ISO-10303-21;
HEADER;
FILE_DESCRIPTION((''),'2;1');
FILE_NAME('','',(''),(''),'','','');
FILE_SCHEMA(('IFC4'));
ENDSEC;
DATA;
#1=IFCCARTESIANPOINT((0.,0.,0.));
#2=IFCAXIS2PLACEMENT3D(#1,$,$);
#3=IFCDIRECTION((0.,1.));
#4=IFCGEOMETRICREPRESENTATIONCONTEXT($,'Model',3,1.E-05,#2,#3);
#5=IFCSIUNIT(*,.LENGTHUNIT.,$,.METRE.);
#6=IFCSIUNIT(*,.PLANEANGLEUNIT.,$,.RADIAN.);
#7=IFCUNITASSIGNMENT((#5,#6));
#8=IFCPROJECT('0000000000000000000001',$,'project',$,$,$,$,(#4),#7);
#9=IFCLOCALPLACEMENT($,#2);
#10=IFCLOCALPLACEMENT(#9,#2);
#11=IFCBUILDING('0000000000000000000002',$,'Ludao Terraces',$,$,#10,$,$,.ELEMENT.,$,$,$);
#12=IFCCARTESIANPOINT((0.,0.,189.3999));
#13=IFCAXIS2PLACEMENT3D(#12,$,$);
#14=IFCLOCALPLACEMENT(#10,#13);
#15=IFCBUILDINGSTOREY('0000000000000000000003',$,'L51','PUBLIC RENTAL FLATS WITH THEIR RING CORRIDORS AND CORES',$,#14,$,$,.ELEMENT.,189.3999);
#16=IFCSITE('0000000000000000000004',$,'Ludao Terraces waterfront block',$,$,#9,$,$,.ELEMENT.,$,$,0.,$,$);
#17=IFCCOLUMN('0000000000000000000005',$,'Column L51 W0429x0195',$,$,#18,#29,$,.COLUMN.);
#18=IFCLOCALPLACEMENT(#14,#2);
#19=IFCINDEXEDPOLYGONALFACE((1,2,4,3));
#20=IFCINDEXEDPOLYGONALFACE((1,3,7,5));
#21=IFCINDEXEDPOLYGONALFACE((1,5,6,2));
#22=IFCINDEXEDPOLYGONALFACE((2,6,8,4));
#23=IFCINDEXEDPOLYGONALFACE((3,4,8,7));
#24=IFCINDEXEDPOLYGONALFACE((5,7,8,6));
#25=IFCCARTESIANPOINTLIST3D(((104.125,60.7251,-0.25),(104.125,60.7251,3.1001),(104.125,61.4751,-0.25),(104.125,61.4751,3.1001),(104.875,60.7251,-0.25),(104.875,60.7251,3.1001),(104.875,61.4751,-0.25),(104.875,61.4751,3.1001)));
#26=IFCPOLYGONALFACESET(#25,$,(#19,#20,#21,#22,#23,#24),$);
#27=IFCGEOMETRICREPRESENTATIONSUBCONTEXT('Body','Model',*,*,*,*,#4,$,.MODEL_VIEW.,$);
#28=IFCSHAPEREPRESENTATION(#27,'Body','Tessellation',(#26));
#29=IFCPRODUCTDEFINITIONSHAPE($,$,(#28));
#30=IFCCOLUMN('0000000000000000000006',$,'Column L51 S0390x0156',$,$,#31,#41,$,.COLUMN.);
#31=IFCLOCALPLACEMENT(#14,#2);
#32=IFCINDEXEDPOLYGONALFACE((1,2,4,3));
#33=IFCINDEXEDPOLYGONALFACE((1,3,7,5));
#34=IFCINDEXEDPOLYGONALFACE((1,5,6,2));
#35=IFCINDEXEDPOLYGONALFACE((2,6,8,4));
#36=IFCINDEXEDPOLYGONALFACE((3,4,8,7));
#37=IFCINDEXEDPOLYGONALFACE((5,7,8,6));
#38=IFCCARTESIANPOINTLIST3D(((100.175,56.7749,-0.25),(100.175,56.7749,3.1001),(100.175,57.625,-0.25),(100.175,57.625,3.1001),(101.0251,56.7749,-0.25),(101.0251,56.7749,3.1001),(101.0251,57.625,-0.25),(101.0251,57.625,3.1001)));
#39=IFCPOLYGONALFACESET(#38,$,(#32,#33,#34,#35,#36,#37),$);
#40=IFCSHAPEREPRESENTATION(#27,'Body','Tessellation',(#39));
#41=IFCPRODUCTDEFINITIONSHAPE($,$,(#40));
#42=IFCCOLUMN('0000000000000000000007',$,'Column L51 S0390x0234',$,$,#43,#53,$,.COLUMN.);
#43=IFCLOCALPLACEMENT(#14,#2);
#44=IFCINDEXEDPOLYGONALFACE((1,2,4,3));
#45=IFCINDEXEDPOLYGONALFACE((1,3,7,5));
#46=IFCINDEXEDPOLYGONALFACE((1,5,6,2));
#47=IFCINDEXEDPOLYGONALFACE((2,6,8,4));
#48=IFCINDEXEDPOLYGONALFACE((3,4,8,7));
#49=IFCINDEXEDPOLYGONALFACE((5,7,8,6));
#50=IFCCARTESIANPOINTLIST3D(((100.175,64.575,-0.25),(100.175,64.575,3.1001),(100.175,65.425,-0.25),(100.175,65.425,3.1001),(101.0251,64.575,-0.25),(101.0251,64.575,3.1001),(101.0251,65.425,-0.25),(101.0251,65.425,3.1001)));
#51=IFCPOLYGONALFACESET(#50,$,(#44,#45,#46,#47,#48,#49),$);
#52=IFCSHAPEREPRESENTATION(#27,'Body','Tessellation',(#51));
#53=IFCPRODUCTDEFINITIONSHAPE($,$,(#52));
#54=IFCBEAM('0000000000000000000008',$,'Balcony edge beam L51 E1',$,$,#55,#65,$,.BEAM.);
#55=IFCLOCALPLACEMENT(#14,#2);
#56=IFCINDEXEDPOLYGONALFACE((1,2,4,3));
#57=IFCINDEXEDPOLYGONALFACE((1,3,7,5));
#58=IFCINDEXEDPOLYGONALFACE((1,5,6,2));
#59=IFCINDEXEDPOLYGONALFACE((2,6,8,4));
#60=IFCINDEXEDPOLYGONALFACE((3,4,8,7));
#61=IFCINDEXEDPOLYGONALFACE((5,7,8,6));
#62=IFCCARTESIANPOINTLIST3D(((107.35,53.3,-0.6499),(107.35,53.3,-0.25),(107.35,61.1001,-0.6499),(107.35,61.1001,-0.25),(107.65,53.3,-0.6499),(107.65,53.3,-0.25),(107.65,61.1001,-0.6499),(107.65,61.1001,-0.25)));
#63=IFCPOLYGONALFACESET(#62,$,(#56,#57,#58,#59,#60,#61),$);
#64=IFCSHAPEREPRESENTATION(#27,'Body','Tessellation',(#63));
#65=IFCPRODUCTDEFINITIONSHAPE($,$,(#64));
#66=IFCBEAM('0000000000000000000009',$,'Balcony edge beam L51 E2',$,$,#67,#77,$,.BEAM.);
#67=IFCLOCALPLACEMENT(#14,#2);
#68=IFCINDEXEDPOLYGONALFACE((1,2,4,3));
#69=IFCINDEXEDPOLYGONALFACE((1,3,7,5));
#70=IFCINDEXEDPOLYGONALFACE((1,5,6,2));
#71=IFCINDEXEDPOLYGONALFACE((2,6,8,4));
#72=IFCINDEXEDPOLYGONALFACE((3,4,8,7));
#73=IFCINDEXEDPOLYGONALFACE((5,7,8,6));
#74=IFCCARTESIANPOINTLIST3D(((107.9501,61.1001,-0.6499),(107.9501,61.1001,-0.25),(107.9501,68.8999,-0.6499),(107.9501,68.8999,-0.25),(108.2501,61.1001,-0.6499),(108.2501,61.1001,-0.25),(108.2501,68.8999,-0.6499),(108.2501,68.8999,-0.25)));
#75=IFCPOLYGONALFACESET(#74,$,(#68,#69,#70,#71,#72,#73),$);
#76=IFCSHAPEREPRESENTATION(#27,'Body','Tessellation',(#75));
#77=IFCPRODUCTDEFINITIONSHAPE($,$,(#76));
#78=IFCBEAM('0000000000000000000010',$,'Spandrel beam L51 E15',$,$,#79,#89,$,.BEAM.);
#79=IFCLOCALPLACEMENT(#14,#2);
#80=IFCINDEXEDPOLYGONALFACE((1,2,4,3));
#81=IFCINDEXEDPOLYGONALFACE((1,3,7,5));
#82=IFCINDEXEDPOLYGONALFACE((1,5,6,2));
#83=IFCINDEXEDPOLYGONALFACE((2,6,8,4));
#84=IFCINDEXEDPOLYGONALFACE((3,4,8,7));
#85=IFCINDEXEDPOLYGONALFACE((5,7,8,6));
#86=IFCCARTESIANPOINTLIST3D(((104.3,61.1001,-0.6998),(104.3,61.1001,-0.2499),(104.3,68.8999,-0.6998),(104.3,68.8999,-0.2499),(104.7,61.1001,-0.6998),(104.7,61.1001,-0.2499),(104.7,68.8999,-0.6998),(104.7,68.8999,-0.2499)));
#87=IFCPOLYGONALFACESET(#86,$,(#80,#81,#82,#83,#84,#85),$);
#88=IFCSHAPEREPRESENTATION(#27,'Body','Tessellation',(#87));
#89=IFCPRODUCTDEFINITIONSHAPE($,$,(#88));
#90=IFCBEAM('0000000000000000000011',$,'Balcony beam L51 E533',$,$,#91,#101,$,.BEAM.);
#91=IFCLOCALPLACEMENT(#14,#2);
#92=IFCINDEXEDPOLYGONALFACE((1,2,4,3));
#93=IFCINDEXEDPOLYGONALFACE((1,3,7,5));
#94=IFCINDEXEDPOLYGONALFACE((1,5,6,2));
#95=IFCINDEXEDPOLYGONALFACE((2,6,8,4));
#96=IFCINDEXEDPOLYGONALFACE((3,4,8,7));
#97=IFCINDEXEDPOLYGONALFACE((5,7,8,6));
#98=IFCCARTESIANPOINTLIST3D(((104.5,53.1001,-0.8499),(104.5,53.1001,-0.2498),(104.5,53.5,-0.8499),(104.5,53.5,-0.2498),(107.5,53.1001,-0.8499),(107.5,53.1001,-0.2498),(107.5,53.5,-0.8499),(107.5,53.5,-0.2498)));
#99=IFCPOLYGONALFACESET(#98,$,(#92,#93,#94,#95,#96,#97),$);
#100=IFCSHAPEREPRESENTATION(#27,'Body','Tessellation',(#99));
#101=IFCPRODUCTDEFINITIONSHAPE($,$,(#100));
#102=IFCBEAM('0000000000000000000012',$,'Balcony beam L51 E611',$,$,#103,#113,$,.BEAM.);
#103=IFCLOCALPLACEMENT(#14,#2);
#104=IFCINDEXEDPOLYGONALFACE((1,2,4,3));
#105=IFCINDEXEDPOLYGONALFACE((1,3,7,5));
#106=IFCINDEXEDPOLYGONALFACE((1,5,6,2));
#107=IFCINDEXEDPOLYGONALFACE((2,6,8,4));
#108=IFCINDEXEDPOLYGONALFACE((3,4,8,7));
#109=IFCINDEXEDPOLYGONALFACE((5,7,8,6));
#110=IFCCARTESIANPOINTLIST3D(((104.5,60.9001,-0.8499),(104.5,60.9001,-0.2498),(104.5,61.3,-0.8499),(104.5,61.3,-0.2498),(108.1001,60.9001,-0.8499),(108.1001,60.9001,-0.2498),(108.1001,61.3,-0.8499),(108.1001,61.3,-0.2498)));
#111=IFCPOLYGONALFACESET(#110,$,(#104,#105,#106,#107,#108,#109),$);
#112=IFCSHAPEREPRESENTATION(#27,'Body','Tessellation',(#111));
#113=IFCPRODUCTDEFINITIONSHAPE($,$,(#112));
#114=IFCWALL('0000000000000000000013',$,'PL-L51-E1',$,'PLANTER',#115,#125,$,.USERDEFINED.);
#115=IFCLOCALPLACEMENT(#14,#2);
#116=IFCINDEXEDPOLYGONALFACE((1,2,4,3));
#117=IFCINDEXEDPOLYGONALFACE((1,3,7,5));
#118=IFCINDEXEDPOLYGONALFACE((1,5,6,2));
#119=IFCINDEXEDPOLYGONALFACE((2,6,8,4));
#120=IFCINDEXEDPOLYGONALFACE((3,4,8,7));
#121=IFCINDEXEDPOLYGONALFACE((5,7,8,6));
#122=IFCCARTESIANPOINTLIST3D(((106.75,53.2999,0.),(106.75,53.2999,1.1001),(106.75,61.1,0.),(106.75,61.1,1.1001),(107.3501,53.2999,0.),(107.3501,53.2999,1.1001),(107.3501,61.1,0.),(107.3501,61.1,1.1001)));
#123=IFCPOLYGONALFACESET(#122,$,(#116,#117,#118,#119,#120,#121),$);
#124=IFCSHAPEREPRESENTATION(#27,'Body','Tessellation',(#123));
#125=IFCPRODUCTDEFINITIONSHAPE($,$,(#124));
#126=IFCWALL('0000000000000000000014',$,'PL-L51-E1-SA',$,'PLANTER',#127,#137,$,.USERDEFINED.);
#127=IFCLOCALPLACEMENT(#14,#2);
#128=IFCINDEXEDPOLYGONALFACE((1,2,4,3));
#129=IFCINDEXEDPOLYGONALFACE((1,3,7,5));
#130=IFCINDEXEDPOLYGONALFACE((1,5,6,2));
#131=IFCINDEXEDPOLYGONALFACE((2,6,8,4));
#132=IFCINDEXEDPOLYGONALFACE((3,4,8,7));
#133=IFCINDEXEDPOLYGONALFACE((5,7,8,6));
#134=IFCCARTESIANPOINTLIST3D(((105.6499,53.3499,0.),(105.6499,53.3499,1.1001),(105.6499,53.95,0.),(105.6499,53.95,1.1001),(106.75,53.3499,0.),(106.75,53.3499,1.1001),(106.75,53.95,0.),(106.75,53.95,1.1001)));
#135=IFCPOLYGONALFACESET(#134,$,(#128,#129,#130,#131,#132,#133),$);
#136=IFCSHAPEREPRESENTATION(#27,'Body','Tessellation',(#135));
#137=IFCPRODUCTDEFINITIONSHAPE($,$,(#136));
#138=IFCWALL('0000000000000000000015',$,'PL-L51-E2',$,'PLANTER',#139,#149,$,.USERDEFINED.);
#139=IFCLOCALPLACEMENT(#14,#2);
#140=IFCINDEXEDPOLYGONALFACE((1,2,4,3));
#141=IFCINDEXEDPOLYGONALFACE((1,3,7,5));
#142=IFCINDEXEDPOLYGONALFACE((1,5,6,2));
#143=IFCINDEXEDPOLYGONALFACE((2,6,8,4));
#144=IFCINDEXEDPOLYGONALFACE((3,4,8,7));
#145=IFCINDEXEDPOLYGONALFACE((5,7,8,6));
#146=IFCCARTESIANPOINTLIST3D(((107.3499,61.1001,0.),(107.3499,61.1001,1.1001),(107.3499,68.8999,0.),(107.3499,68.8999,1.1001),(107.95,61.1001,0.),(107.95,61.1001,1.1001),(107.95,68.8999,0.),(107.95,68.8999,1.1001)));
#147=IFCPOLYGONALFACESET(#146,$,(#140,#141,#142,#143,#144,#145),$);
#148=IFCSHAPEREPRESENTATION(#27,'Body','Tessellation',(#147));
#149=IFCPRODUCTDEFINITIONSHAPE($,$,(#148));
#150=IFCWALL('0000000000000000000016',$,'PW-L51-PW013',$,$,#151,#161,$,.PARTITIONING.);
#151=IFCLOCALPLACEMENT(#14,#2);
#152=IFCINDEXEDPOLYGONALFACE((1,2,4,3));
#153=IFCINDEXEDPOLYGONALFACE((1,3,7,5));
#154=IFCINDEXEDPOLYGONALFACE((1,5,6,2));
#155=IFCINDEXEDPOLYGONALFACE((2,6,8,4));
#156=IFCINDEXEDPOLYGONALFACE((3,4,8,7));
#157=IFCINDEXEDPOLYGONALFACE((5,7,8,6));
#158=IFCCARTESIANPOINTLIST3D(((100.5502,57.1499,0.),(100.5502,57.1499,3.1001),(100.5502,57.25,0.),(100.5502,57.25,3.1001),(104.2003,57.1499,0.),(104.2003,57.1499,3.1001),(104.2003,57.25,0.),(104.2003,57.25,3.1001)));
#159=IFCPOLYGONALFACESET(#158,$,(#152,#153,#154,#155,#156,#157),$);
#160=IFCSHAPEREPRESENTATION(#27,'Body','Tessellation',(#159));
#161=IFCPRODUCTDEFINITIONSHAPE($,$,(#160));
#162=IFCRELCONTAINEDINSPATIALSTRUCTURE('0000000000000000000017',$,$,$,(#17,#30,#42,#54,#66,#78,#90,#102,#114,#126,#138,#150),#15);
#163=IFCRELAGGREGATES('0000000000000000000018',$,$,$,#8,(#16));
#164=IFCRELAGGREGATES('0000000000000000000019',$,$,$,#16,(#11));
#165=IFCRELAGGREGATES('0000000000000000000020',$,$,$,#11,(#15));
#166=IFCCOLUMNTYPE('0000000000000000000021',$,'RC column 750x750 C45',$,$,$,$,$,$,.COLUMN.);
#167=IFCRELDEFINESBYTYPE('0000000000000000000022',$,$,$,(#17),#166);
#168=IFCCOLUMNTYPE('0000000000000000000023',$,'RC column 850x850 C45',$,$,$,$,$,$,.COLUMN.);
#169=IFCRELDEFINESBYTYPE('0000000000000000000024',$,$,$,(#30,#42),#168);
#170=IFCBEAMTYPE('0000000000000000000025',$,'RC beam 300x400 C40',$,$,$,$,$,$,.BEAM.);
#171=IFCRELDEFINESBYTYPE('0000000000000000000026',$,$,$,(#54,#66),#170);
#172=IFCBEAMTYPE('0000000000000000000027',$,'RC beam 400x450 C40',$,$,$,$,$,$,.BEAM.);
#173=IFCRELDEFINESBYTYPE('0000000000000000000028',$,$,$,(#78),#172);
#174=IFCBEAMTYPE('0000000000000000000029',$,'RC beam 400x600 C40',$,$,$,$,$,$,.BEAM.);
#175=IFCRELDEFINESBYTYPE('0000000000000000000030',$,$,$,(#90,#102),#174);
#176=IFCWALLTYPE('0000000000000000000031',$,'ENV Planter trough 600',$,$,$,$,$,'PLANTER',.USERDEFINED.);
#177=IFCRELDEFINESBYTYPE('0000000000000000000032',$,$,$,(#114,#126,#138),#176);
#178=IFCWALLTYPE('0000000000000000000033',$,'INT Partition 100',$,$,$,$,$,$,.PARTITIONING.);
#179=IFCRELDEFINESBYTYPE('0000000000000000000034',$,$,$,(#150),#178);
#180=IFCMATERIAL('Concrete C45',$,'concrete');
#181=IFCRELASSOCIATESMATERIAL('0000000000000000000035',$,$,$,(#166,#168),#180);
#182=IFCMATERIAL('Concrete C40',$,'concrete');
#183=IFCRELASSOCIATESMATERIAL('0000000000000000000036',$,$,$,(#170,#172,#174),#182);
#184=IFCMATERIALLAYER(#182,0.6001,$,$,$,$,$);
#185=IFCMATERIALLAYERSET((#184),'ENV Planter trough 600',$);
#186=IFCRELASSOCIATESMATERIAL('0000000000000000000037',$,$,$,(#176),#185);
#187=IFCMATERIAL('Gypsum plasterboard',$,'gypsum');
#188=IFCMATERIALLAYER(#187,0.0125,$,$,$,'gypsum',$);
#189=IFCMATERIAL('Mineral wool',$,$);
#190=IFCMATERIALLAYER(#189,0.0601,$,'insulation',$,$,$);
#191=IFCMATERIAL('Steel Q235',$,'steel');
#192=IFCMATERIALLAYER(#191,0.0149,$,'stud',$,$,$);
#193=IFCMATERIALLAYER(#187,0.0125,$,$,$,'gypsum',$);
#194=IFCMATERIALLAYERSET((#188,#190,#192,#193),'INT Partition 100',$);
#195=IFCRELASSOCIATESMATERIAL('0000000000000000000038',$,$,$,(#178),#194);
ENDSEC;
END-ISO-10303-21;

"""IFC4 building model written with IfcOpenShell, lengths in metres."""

from ifc_helpers import new_model, si_unit, direction, frame, frame_2d, origin, origin_2d, place, context, subcontext, project, spatial, rectangle, extrude, material, layer, layer_set, material_profile, profile_set, type_object, element, save


model = new_model("IFC4")

# Units and contexts
model_context = context("Model", 3, precision=1e-05, world=origin(), true_north=direction((0.0, 1.0)))
body_context = subcontext(model_context, "Body", "Model", "MODEL_VIEW")
ifc_project = project(units=[si_unit("LENGTHUNIT", "METRE"), si_unit("PLANEANGLEUNIT", "RADIAN")], contexts=[model_context])

# Site, building, storey
site_placement = place(None, origin())
site = spatial("IfcSite", under=ifc_project, at=site_placement, Name="Ludao Terraces waterfront block", CompositionType="ELEMENT", RefElevation=0.0)
building_placement = place(site_placement, origin())
building = spatial("IfcBuilding", under=site, at=building_placement, Name="Ludao Terraces", CompositionType="ELEMENT")
storey_placement = place(building_placement, frame((0.0, 0.0, 189.3999)))
storey = spatial("IfcBuildingStorey", under=building, at=storey_placement, Name="L51", Description="PUBLIC RENTAL FLATS WITH THEIR RING CORRIDORS AND CORES", CompositionType="ELEMENT", Elevation=189.3999)

# Columns
ifc_material_1 = material(Name="Concrete C45", Category="concrete")
ifc_material_profile_1 = material_profile(ifc_material_1, rectangle(XDim=0.75, YDim=0.75, at=origin_2d()), Name="750 X 750")
ifc_profile_set_1 = profile_set([ifc_material_profile_1], Name="Concrete C45")
column_type_1 = type_object("IfcColumnType", Name="RC column 750x750 C45", PredefinedType="COLUMN", material=ifc_profile_set_1)
column_placement = place(storey_placement, frame((104.5, 61.1001, -0.25), z_axis=(0.0, 0.0, 1.0), x_axis=(1.0, 0.0, 0.0)))
element("IfcColumn", 1, at=column_placement, inside=storey, type_object=column_type_1, Name="Column L51 W0429x0195", PredefinedType="COLUMN", context=body_context, shape_type="SweptSolid", body=[
    extrude(rectangle(XDim=0.75, YDim=0.75, at=origin_2d()), origin(), (0.0, 0.0, 1.0), 3.3501),
])
ifc_material_profile_2 = material_profile(ifc_material_1, rectangle(XDim=0.8501, YDim=0.8501, at=origin_2d()), Name="850 X 850")
ifc_profile_set_2 = profile_set([ifc_material_profile_2], Name="Concrete C45")
column_type_2 = type_object("IfcColumnType", Name="RC column 850x850 C45", PredefinedType="COLUMN", material=ifc_profile_set_2)
for number, where, z_axis, x_axis, name in (
    (2, (100.6001, 57.2, -0.25), (0.0, 0.0, 1.0), (1.0, 0.0, 0.0), "Column L51 S0390x0156"),
    (3, (100.6001, 65.0, -0.25), (0.0, 0.0, 1.0), (1.0, 0.0, 0.0), "Column L51 S0390x0234"),
):
    element("IfcColumn", number, at=place(storey_placement, frame(where, z_axis=z_axis, x_axis=x_axis)), inside=storey, type_object=column_type_2, Name=name, PredefinedType="COLUMN", context=body_context, shape_type="SweptSolid", body=[
        extrude(rectangle(XDim=0.8501, YDim=0.8501, at=origin_2d()), origin(), (0.0, 0.0, 1.0), 3.3501),
    ])

# Beams
ifc_material_2 = material(Name="Concrete C40", Category="concrete")
ifc_material_profile_3 = material_profile(ifc_material_2, rectangle(XDim=0.3, YDim=0.3999, at=origin_2d()), Name="300 X 400")
ifc_profile_set_3 = profile_set([ifc_material_profile_3], Name="Concrete C40")
beam_type_1 = type_object("IfcBeamType", Name="RC beam 300x400 C40", PredefinedType="BEAM", material=ifc_profile_set_3)
beam_1_placement = place(storey_placement, frame((107.5, 53.3, -0.45), z_axis=(0.0, 1.0, 0.0), x_axis=(-1.0, 0.0, 0.0)))
element("IfcBeam", 4, at=beam_1_placement, inside=storey, type_object=beam_type_1, Name="Balcony edge beam L51 E1", PredefinedType="BEAM", context=body_context, shape_type="SweptSolid", body=[
    extrude(rectangle(XDim=0.3, YDim=0.3999, at=origin_2d()), origin(), (0.0, 0.0, 1.0), 7.8),
])
beam_2_placement = place(storey_placement, frame((108.1001, 61.1001, -0.45), z_axis=(0.0, 1.0, 0.0), x_axis=(-1.0, 0.0, 0.0)))
element("IfcBeam", 5, at=beam_2_placement, inside=storey, type_object=beam_type_1, Name="Balcony edge beam L51 E2", PredefinedType="BEAM", context=body_context, shape_type="SweptSolid", body=[
    extrude(rectangle(XDim=0.3, YDim=0.3999, at=origin_2d()), origin(), (0.0, 0.0, 1.0), 7.7998),
])
ifc_material_profile_4 = material_profile(ifc_material_2, rectangle(XDim=0.3999, YDim=0.45, at=origin_2d()), Name="400 X 450")
ifc_profile_set_4 = profile_set([ifc_material_profile_4], Name="Concrete C40")
beam_type_2 = type_object("IfcBeamType", Name="RC beam 400x450 C40", PredefinedType="BEAM", material=ifc_profile_set_4)
beam_3_placement = place(storey_placement, frame((104.5, 61.1001, -0.4749), z_axis=(0.0, 1.0, 0.0), x_axis=(-1.0, 0.0, 0.0)))
element("IfcBeam", 6, at=beam_3_placement, inside=storey, type_object=beam_type_2, Name="Spandrel beam L51 E15", PredefinedType="BEAM", context=body_context, shape_type="SweptSolid", body=[
    extrude(rectangle(XDim=0.3999, YDim=0.45, at=origin_2d()), origin(), (0.0, 0.0, 1.0), 7.7998),
])
ifc_material_profile_5 = material_profile(ifc_material_2, rectangle(XDim=0.3999, YDim=0.6001, at=origin_2d()), Name="400 X 600")
ifc_profile_set_5 = profile_set([ifc_material_profile_5], Name="Concrete C40")
beam_type_3 = type_object("IfcBeamType", Name="RC beam 400x600 C40", PredefinedType="BEAM", material=ifc_profile_set_5)
beam_4_placement = place(storey_placement, frame((104.5, 53.3, -0.5498), z_axis=(1.0, 0.0, 0.0), x_axis=(0.0, 1.0, 0.0)))
element("IfcBeam", 7, at=beam_4_placement, inside=storey, type_object=beam_type_3, Name="Balcony beam L51 E533", PredefinedType="BEAM", context=body_context, shape_type="SweptSolid", body=[
    extrude(rectangle(XDim=0.3999, YDim=0.6001, at=origin_2d()), origin(), (0.0, 0.0, 1.0), 3.0),
])
beam_5_placement = place(storey_placement, frame((104.5, 61.1001, -0.5498), z_axis=(1.0, 0.0, 0.0), x_axis=(0.0, 1.0, 0.0)))
element("IfcBeam", 8, at=beam_5_placement, inside=storey, type_object=beam_type_3, Name="Balcony beam L51 E611", PredefinedType="BEAM", context=body_context, shape_type="SweptSolid", body=[
    extrude(rectangle(XDim=0.3999, YDim=0.6001, at=origin_2d()), origin(), (0.0, 0.0, 1.0), 3.6001),
])

# Walls
ifc_layer_1 = layer(ifc_material_2, 0.6001)
ifc_layer_set_1 = layer_set([ifc_layer_1], Name="ENV Planter trough 600")
wall_type_1 = type_object("IfcWallType", Name="ENV Planter trough 600", ElementType="PLANTER", PredefinedType="USERDEFINED", material=ifc_layer_set_1)
wall_1_placement = place(storey_placement, frame((107.05, 53.3, 0.0), z_axis=(0.0, 0.0, 1.0), x_axis=(0.0, 1.0, 0.0)))
element("IfcWall", 9, at=wall_1_placement, inside=storey, type_object=wall_type_1, Name="PL-L51-E1", ObjectType="PLANTER", PredefinedType="USERDEFINED", context=body_context, shape_type="SweptSolid", body=[
    extrude(rectangle(XDim=7.8, YDim=0.6001, at=frame_2d((3.8999, 0.0))), origin(), (0.0, 0.0, 1.0), 1.1001),
])
wall_2_placement = place(storey_placement, frame((106.75, 53.6499, 0.0), z_axis=(0.0, 0.0, 1.0), x_axis=(-1.0, 0.0, 0.0)))
element("IfcWall", 10, at=wall_2_placement, inside=storey, type_object=wall_type_1, Name="PL-L51-E1-SA", ObjectType="PLANTER", PredefinedType="USERDEFINED", context=body_context, shape_type="SweptSolid", body=[
    extrude(rectangle(XDim=1.1001, YDim=0.6001, at=frame_2d((0.55, 0.0))), origin(), (0.0, 0.0, 1.0), 1.1001),
])
wall_3_placement = place(storey_placement, frame((107.6499, 61.1001, 0.0), z_axis=(0.0, 0.0, 1.0), x_axis=(0.0, 1.0, 0.0)))
element("IfcWall", 11, at=wall_3_placement, inside=storey, type_object=wall_type_1, Name="PL-L51-E2", ObjectType="PLANTER", PredefinedType="USERDEFINED", context=body_context, shape_type="SweptSolid", body=[
    extrude(rectangle(XDim=7.7998, YDim=0.6001, at=frame_2d((3.8999, 0.0))), origin(), (0.0, 0.0, 1.0), 1.1001),
])

# Shared definitions
ifc_material_3 = material(Name="Mineral wool")

# Wall
ifc_material_4 = material(Name="Gypsum plasterboard", Category="gypsum")
ifc_layer_2 = layer(ifc_material_4, 0.0125, Category="gypsum")
ifc_layer_3 = layer(ifc_material_3, 0.0601, Name="insulation")
ifc_material_5 = material(Name="Steel Q235", Category="steel")
ifc_layer_4 = layer(ifc_material_5, 0.0149, Name="stud")
ifc_layer_5 = layer(ifc_material_4, 0.0125, Category="gypsum")
ifc_layer_set_2 = layer_set([ifc_layer_2, ifc_layer_3, ifc_layer_4, ifc_layer_5], Name="INT Partition 100")
wall_type_2 = type_object("IfcWallType", Name="INT Partition 100", PredefinedType="PARTITIONING", material=ifc_layer_set_2)
wall_4_placement = place(storey_placement, frame((100.55, 57.2, 0.0), z_axis=(0.0, 0.0, 1.0), x_axis=(1.0, 0.0, 0.0)))
element("IfcWall", 12, at=wall_4_placement, inside=storey, type_object=wall_type_2, Name="PW-L51-PW013", PredefinedType="PARTITIONING", context=body_context, shape_type="SweptSolid", body=[
    extrude(rectangle(XDim=3.6501, YDim=0.1001, at=frame_2d((1.8252, 0.0))), origin(), (0.0, 0.0, 1.0), 3.1001),
])

save(model, "model.ifc")
